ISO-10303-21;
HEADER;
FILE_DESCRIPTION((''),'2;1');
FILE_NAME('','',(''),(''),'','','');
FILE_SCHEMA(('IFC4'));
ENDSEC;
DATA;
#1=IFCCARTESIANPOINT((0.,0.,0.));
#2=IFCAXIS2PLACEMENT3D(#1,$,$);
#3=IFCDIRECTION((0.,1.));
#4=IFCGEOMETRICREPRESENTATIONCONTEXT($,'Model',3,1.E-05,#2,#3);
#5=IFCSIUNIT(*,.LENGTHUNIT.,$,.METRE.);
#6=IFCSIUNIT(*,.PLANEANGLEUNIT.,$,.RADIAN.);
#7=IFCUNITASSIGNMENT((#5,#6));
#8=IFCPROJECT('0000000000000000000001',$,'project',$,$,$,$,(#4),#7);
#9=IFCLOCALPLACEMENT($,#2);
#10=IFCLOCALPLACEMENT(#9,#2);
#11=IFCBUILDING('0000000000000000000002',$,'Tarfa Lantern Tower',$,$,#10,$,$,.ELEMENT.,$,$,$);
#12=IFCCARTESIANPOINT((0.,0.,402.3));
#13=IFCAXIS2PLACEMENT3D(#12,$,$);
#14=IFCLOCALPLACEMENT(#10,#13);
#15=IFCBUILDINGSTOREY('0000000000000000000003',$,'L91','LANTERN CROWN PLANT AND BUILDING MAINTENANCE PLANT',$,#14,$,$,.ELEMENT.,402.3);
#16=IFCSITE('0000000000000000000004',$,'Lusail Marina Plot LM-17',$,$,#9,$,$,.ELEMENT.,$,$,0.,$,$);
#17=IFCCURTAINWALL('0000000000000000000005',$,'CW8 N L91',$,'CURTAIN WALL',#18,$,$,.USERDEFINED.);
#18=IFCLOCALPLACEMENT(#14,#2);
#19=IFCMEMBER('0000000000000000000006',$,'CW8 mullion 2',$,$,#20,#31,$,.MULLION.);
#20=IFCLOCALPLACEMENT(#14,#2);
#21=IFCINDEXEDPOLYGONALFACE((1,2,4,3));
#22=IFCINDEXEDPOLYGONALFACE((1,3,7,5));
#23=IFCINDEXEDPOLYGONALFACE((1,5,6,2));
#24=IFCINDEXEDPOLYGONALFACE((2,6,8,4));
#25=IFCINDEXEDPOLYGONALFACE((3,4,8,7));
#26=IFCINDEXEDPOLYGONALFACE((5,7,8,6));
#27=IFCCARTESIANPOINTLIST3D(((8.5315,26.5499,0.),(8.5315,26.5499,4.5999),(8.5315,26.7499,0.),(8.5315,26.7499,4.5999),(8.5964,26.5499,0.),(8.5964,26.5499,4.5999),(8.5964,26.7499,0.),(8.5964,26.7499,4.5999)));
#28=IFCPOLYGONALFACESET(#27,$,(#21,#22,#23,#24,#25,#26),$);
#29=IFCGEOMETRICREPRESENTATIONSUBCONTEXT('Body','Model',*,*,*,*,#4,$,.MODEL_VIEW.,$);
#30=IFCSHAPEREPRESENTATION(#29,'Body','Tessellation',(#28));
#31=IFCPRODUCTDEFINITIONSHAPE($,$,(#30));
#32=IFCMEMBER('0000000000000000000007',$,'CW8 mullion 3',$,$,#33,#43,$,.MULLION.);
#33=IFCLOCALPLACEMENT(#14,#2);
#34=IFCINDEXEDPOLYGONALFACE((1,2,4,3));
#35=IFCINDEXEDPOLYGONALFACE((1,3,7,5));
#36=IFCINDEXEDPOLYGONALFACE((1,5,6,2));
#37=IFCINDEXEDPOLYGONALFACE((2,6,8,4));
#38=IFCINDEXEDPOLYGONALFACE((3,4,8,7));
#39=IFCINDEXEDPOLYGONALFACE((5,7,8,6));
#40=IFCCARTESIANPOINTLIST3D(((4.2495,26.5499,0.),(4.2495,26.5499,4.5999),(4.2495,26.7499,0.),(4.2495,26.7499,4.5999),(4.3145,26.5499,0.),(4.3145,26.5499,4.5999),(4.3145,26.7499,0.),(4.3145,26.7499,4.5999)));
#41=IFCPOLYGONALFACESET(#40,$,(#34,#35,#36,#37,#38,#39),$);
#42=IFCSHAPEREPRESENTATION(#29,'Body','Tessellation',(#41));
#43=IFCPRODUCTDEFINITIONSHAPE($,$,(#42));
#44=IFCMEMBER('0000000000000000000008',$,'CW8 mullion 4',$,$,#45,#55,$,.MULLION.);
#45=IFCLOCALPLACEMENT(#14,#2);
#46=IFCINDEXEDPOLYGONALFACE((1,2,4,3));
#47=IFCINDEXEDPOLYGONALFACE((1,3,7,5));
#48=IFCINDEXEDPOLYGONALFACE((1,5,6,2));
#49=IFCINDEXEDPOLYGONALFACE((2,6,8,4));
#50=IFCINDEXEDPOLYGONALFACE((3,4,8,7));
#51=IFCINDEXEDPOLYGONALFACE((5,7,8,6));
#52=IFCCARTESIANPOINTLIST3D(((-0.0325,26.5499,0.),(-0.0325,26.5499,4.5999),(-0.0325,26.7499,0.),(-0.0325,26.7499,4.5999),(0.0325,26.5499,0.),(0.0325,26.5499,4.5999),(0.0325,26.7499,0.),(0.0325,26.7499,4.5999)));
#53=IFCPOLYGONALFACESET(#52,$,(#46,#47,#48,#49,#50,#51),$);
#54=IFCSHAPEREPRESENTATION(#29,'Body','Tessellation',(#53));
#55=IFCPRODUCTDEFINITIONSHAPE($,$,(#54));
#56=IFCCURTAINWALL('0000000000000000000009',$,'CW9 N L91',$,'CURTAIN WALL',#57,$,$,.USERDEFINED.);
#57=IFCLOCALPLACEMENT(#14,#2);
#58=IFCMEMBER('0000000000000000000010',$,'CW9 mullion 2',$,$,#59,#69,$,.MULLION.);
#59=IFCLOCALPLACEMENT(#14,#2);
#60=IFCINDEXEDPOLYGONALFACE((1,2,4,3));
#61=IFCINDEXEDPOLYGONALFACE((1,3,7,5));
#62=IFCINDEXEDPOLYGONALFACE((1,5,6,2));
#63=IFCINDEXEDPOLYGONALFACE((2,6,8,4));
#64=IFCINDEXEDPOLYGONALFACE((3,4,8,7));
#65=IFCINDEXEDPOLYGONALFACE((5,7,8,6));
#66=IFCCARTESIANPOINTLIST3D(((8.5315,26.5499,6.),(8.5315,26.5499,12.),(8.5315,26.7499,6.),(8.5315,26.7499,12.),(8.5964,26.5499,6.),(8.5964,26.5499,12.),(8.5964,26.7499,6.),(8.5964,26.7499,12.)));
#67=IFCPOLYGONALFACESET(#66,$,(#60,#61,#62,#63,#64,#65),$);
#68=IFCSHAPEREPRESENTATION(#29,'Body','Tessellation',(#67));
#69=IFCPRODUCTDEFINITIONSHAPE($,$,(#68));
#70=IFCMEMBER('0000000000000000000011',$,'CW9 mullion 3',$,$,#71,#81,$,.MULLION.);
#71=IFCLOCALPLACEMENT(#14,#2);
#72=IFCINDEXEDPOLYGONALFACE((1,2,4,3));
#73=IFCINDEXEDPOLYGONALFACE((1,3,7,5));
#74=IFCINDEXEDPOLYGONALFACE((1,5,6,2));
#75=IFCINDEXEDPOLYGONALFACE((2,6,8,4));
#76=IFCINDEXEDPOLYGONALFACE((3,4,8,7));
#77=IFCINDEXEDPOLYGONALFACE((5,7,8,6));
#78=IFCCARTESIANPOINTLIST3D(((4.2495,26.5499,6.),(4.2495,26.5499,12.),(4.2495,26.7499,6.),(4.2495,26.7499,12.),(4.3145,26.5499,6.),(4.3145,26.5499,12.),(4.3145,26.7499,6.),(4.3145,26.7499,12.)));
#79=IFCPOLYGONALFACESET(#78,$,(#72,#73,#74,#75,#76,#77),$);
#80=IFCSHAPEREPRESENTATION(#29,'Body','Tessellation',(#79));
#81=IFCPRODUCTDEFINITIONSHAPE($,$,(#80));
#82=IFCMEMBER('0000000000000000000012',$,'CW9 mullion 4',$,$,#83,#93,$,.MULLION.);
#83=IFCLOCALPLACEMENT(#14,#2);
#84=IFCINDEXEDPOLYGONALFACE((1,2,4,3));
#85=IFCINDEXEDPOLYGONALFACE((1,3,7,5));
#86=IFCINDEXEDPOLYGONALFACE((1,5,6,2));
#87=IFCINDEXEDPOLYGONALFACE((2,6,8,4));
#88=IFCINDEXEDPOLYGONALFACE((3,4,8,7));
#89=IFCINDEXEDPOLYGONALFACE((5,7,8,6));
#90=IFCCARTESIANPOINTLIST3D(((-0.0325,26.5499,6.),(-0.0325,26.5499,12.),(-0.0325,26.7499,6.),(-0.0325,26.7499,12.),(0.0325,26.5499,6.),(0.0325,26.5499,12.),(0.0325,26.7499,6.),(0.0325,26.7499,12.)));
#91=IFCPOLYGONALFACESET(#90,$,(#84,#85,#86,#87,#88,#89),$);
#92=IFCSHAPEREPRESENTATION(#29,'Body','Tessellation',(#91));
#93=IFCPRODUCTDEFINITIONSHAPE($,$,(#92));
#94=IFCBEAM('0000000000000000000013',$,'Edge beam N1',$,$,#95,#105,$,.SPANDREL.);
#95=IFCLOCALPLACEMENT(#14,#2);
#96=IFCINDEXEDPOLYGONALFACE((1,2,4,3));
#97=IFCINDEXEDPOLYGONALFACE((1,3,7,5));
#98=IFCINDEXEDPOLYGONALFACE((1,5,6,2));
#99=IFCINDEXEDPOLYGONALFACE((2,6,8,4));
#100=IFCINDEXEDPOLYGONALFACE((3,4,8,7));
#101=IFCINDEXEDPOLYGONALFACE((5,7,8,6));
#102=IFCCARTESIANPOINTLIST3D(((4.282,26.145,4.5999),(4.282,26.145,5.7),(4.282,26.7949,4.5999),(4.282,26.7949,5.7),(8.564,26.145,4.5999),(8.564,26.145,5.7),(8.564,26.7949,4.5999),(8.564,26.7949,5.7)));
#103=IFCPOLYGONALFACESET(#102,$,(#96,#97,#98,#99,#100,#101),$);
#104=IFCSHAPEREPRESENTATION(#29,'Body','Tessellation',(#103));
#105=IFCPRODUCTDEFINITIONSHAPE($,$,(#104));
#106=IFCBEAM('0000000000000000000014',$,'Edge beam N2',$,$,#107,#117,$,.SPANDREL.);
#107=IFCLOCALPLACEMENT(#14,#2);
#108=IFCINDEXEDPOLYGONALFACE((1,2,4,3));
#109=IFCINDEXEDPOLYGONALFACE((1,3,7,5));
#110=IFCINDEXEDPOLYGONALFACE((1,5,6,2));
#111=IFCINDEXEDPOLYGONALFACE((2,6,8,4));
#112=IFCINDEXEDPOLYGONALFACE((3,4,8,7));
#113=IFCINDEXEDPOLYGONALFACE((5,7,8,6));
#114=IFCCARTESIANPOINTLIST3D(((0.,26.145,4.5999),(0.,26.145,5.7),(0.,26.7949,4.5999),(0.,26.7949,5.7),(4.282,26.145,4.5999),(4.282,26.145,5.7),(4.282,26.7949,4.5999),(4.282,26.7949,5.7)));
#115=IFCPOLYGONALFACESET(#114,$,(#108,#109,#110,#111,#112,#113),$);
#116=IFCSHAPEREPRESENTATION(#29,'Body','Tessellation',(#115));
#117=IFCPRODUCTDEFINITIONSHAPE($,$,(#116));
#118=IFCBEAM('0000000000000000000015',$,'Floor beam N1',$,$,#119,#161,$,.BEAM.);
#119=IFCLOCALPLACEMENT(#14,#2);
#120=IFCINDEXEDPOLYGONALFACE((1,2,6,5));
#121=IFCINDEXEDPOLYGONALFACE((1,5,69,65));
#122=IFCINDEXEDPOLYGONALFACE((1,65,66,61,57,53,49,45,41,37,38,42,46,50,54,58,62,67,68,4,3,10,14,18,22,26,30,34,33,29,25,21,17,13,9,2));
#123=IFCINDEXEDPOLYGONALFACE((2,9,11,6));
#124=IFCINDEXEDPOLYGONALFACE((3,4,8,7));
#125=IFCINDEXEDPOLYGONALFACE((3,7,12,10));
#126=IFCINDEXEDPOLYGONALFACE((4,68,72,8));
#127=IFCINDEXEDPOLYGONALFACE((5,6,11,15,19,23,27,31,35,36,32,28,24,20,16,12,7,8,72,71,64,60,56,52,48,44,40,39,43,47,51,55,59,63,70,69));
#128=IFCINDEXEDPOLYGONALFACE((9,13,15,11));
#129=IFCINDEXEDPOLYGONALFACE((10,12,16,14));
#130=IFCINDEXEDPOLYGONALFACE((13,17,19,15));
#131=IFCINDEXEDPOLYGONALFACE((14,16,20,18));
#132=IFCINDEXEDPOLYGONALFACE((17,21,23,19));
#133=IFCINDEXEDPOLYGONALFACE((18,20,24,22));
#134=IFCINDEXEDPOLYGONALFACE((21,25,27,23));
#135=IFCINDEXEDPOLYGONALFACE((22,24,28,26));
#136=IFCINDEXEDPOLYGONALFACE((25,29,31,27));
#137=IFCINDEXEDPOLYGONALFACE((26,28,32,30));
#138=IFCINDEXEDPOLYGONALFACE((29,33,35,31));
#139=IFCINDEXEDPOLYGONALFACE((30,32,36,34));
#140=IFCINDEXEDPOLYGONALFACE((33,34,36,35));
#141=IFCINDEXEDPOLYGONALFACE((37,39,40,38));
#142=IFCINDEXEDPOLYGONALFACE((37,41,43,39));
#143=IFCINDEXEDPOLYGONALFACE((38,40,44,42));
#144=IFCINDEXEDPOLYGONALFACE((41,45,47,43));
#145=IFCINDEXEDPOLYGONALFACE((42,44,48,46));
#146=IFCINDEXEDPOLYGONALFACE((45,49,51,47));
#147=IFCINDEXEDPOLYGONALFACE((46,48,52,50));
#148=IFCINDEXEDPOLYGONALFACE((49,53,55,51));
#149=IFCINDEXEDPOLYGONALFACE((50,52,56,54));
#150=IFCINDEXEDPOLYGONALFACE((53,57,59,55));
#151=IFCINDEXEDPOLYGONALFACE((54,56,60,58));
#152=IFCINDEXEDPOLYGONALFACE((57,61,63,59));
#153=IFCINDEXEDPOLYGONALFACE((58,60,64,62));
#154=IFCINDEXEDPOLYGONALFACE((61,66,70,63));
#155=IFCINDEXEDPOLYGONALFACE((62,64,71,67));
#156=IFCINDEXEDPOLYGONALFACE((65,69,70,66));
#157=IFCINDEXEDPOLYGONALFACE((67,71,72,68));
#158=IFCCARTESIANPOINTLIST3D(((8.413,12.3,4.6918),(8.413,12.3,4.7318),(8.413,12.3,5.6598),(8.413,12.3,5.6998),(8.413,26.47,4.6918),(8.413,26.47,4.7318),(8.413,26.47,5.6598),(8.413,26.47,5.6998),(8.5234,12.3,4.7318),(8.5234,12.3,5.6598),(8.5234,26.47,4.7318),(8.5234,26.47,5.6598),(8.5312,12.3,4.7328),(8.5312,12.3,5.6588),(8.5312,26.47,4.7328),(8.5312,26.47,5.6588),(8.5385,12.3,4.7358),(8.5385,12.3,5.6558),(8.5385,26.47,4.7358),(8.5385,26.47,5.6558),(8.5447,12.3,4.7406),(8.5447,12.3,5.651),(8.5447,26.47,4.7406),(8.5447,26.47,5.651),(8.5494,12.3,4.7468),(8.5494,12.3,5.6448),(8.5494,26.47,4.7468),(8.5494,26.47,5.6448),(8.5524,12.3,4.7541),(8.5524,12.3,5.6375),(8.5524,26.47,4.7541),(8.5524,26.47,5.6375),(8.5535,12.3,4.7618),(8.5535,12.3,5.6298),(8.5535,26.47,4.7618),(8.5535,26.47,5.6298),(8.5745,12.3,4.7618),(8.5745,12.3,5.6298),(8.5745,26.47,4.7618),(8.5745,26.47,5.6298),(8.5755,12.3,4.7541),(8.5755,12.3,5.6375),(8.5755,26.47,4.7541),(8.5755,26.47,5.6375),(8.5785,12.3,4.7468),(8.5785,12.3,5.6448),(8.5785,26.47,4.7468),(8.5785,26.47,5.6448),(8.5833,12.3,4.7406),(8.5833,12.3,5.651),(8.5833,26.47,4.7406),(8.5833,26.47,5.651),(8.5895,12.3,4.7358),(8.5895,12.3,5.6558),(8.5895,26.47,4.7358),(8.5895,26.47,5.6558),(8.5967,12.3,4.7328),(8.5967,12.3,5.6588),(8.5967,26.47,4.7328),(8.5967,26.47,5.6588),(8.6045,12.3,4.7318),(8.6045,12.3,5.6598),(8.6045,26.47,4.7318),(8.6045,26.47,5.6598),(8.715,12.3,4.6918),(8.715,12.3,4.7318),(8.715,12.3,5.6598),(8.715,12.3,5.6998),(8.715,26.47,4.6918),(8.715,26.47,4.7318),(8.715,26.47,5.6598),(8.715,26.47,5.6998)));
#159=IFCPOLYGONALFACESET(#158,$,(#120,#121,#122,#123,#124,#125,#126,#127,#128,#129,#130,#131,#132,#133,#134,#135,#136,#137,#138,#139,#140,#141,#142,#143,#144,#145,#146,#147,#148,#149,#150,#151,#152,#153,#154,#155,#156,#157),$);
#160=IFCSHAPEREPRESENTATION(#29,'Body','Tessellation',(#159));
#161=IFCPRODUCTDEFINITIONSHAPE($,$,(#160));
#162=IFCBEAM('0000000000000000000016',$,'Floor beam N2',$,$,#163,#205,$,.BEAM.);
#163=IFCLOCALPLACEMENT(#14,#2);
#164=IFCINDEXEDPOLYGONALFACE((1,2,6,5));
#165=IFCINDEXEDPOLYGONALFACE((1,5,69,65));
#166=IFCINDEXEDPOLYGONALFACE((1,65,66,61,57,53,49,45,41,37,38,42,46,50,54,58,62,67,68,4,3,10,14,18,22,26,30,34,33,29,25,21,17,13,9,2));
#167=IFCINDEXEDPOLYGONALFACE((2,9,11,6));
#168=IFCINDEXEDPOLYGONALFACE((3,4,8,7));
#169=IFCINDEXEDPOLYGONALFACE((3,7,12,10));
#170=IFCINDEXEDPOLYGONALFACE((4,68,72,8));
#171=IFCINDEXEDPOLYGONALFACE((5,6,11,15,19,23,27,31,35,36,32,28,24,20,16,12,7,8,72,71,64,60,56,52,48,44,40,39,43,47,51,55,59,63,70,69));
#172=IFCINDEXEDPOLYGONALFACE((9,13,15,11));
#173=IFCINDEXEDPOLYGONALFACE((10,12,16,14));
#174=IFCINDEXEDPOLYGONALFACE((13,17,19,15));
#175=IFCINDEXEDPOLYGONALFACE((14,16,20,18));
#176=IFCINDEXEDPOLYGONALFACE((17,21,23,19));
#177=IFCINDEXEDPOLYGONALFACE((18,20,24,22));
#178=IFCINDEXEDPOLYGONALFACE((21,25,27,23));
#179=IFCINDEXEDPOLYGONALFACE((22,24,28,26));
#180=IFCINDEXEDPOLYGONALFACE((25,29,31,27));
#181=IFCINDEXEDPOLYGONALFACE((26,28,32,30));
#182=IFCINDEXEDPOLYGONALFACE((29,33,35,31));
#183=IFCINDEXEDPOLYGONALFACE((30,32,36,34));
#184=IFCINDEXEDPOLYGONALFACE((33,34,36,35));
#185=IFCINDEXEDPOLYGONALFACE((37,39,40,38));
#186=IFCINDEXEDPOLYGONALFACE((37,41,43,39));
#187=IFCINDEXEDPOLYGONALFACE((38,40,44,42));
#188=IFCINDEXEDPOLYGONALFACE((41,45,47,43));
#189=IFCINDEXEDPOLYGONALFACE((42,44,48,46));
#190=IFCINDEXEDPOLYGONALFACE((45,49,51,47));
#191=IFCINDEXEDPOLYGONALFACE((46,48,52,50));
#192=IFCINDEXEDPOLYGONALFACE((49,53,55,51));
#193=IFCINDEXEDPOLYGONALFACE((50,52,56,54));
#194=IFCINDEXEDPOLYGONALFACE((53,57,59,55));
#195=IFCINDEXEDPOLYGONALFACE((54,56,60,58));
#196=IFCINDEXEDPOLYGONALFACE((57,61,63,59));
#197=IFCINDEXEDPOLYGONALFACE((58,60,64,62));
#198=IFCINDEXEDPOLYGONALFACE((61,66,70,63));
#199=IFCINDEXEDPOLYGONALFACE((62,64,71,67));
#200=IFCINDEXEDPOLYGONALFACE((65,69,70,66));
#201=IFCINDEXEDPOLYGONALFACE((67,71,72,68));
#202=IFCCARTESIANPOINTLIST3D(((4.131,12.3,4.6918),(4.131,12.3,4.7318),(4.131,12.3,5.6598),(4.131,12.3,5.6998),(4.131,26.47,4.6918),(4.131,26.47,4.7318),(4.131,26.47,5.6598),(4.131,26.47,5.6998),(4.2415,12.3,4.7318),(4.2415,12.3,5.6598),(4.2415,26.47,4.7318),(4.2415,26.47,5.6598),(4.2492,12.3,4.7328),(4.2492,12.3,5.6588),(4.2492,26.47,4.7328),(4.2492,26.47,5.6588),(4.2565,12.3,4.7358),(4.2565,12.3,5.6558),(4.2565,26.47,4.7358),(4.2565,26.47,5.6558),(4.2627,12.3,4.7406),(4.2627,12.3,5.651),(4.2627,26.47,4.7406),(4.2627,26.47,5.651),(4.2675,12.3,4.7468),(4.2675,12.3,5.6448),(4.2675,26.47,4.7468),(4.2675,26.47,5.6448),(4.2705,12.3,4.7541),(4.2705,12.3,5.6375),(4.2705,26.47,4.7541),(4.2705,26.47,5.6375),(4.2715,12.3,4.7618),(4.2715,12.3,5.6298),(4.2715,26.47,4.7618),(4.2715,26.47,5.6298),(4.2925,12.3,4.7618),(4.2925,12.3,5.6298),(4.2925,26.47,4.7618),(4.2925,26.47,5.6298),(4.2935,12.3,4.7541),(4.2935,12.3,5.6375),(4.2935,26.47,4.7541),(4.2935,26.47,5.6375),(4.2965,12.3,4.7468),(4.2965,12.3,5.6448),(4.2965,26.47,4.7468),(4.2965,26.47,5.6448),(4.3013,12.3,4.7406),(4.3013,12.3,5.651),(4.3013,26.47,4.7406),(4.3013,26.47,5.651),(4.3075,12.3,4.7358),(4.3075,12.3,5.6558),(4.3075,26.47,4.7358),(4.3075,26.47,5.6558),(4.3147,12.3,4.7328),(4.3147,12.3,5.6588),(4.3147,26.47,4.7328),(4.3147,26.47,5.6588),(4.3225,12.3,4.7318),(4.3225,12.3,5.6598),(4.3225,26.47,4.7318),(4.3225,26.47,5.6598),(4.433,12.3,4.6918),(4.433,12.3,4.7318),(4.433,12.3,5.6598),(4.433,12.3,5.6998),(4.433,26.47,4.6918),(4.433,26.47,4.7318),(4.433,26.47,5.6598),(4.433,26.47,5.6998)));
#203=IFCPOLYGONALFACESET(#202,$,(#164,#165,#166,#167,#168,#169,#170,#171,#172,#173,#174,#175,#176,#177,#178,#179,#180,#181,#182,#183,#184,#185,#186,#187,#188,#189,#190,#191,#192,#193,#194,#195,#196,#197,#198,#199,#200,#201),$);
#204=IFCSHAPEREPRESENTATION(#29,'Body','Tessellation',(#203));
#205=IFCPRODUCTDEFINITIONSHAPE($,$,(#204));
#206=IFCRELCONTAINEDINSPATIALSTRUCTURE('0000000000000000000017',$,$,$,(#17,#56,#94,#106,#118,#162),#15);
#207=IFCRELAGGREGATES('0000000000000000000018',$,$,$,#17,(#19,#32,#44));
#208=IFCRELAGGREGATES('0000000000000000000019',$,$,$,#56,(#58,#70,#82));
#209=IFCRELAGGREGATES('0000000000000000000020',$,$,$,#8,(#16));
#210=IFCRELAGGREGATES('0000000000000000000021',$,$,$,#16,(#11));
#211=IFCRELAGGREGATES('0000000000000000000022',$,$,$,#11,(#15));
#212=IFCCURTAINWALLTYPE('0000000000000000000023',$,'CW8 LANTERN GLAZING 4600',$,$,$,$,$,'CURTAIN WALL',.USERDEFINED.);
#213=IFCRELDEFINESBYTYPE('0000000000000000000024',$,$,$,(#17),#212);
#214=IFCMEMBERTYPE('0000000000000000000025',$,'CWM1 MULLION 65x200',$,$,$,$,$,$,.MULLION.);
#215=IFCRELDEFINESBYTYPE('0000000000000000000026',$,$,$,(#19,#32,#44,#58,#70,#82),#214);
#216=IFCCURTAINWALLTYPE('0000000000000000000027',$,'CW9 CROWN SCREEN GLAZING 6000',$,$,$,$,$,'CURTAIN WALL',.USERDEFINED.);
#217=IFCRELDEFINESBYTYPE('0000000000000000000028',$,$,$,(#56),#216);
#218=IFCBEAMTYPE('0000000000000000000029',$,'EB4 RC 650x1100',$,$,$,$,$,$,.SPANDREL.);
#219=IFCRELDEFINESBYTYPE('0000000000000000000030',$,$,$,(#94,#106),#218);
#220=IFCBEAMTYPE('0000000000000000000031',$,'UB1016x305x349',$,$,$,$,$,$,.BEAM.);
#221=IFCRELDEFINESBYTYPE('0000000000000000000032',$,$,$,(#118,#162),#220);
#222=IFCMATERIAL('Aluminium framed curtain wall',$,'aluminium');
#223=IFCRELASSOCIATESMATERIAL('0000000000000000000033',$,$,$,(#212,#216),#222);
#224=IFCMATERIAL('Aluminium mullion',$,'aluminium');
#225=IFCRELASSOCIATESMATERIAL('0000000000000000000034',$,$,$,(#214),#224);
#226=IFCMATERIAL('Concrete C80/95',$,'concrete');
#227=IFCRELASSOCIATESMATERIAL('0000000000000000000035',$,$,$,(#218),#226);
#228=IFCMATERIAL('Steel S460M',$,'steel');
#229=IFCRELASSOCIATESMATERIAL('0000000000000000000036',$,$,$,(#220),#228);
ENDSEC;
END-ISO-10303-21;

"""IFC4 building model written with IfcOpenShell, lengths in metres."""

from ifc_helpers import new_model, si_unit, direction, frame, origin, origin_2d, place, context, subcontext, project, spatial, rectangle, i_section, extrude, material, material_profile, profile_set, type_object, element, aggregate, save


model = new_model("IFC4")

# Units and contexts
model_context = context("Model", 3, precision=1e-05, world=origin(), true_north=direction((0.0, 1.0)))
body_context = subcontext(model_context, "Body", "Model", "MODEL_VIEW")
ifc_project = project(units=[si_unit("LENGTHUNIT", "METRE"), si_unit("PLANEANGLEUNIT", "RADIAN")], contexts=[model_context])

# Site, building, storey
site_placement = place(None, origin())
site = spatial("IfcSite", under=ifc_project, at=site_placement, Name="Lusail Marina Plot LM-17", CompositionType="ELEMENT", RefElevation=0.0)
building_placement = place(site_placement, origin())
building = spatial("IfcBuilding", under=site, at=building_placement, Name="Tarfa Lantern Tower", CompositionType="ELEMENT")
storey_placement = place(building_placement, frame((0.0, 0.0, 402.3)))
storey = spatial("IfcBuildingStorey", under=building, at=storey_placement, Name="L91", Description="LANTERN CROWN PLANT AND BUILDING MAINTENANCE PLANT", CompositionType="ELEMENT", Elevation=402.3)

# Curtain walls, members
ifc_material_1 = material(Name="Aluminium framed curtain wall", Category="aluminium")
curtain_wall_type_1 = type_object("IfcCurtainWallType", Name="CW8 LANTERN GLAZING 4600", ElementType="CURTAIN WALL", PredefinedType="USERDEFINED", material=ifc_material_1)
curtain_wall_1_placement = place(storey_placement, origin())
curtain_wall_1 = element("IfcCurtainWall", 1, at=curtain_wall_1_placement, inside=storey, type_object=curtain_wall_type_1, Name="CW8 N L91", ObjectType="CURTAIN WALL", PredefinedType="USERDEFINED")
ifc_material_2 = material(Name="Aluminium mullion", Category="aluminium")
ifc_material_profile_1 = material_profile(ifc_material_2, rectangle(XDim=0.0649, YDim=0.2, at=origin_2d()), Name="AL MULLION 65x200")
ifc_profile_set_1 = profile_set([ifc_material_profile_1], Name="Aluminium mullion")
member_type = type_object("IfcMemberType", Name="CWM1 MULLION 65x200", PredefinedType="MULLION", material=ifc_profile_set_1)
member_1_placement = place(storey_placement, frame((8.564, 26.6499, 0.0), z_axis=(0.0, 0.0, 1.0), x_axis=(1.0, 0.0, 0.0)))
member_1 = element("IfcMember", 2, at=member_1_placement, type_object=member_type, Name="CW8 mullion 2", PredefinedType="MULLION", context=body_context, shape_type="SweptSolid", body=[
    extrude(rectangle(XDim=0.0649, YDim=0.2, at=origin_2d()), origin(), (0.0, 0.0, 1.0), 4.5999),
])
member_2_placement = place(storey_placement, frame((4.282, 26.6499, 0.0), z_axis=(0.0, 0.0, 1.0), x_axis=(1.0, 0.0, 0.0)))
member_2 = element("IfcMember", 3, at=member_2_placement, type_object=member_type, Name="CW8 mullion 3", PredefinedType="MULLION", context=body_context, shape_type="SweptSolid", body=[
    extrude(rectangle(XDim=0.0649, YDim=0.2, at=origin_2d()), origin(), (0.0, 0.0, 1.0), 4.5999),
])
member_3_placement = place(storey_placement, frame((0.0, 26.6499, 0.0), z_axis=(0.0, 0.0, 1.0), x_axis=(1.0, 0.0, 0.0)))
member_3 = element("IfcMember", 4, at=member_3_placement, type_object=member_type, Name="CW8 mullion 4", PredefinedType="MULLION", context=body_context, shape_type="SweptSolid", body=[
    extrude(rectangle(XDim=0.0649, YDim=0.2, at=origin_2d()), origin(), (0.0, 0.0, 1.0), 4.5999),
])
curtain_wall_type_2 = type_object("IfcCurtainWallType", Name="CW9 CROWN SCREEN GLAZING 6000", ElementType="CURTAIN WALL", PredefinedType="USERDEFINED", material=ifc_material_1)
curtain_wall_2_placement = place(storey_placement, origin())
curtain_wall_2 = element("IfcCurtainWall", 5, at=curtain_wall_2_placement, inside=storey, type_object=curtain_wall_type_2, Name="CW9 N L91", ObjectType="CURTAIN WALL", PredefinedType="USERDEFINED")
member_4_placement = place(storey_placement, frame((8.564, 26.6499, 6.0), z_axis=(0.0, 0.0, 1.0), x_axis=(1.0, 0.0, 0.0)))
member_4 = element("IfcMember", 6, at=member_4_placement, type_object=member_type, Name="CW9 mullion 2", PredefinedType="MULLION", context=body_context, shape_type="SweptSolid", body=[
    extrude(rectangle(XDim=0.0649, YDim=0.2, at=origin_2d()), origin(), (0.0, 0.0, 1.0), 6.0),
])
member_5_placement = place(storey_placement, frame((4.282, 26.6499, 6.0), z_axis=(0.0, 0.0, 1.0), x_axis=(1.0, 0.0, 0.0)))
member_5 = element("IfcMember", 7, at=member_5_placement, type_object=member_type, Name="CW9 mullion 3", PredefinedType="MULLION", context=body_context, shape_type="SweptSolid", body=[
    extrude(rectangle(XDim=0.0649, YDim=0.2, at=origin_2d()), origin(), (0.0, 0.0, 1.0), 6.0),
])
member_6_placement = place(storey_placement, frame((0.0, 26.6499, 6.0), z_axis=(0.0, 0.0, 1.0), x_axis=(1.0, 0.0, 0.0)))
member_6 = element("IfcMember", 8, at=member_6_placement, type_object=member_type, Name="CW9 mullion 4", PredefinedType="MULLION", context=body_context, shape_type="SweptSolid", body=[
    extrude(rectangle(XDim=0.0649, YDim=0.2, at=origin_2d()), origin(), (0.0, 0.0, 1.0), 6.0),
])

# Beams
ifc_material_3 = material(Name="Concrete C80/95", Category="concrete")
ifc_material_profile_2 = material_profile(ifc_material_3, rectangle(XDim=0.6499, YDim=1.1001, at=origin_2d()), Name="RC 650x1100")
ifc_profile_set_2 = profile_set([ifc_material_profile_2], Name="Concrete C80/95")
beam_type_1 = type_object("IfcBeamType", Name="EB4 RC 650x1100", PredefinedType="SPANDREL", material=ifc_profile_set_2)
for number, where, z_axis, x_axis, name in (
    (9, (8.564, 26.47, 5.1499), (-1.0, 0.0, 0.0), (0.0, -1.0, 0.0), "Edge beam N1"),
    (10, (4.282, 26.47, 5.1499), (-1.0, 0.0, 0.0), (0.0, -1.0, 0.0), "Edge beam N2"),
):
    element("IfcBeam", number, at=place(storey_placement, frame(where, z_axis=z_axis, x_axis=x_axis)), inside=storey, type_object=beam_type_1, Name=name, PredefinedType="SPANDREL", context=body_context, shape_type="SweptSolid", body=[
        extrude(rectangle(XDim=0.6499, YDim=1.1001, at=origin_2d()), origin(), (0.0, 0.0, 1.0), 4.282),
    ])
ifc_material_4 = material(Name="Steel S460M", Category="steel")
ifc_material_profile_3 = material_profile(ifc_material_4, i_section(OverallWidth=0.302, OverallDepth=1.0081, WebThickness=0.021, FlangeThickness=0.04, FilletRadius=0.03, at=origin_2d()), Name="UB1016x305x349")
ifc_profile_set_3 = profile_set([ifc_material_profile_3], Name="Steel S460M")
beam_type_2 = type_object("IfcBeamType", Name="UB1016x305x349", PredefinedType="BEAM", material=ifc_profile_set_3)
for number, where, z_axis, x_axis, name in (
    (11, (8.564, 26.47, 5.1958), (0.0, -1.0, 0.0), (1.0, 0.0, 0.0), "Floor beam N1"),
    (12, (4.282, 26.47, 5.1958), (0.0, -1.0, 0.0), (1.0, 0.0, 0.0), "Floor beam N2"),
):
    element("IfcBeam", number, at=place(storey_placement, frame(where, z_axis=z_axis, x_axis=x_axis)), inside=storey, type_object=beam_type_2, Name=name, PredefinedType="BEAM", context=body_context, shape_type="SweptSolid", body=[
        extrude(i_section(OverallWidth=0.302, OverallDepth=1.0081, WebThickness=0.021, FlangeThickness=0.04, FilletRadius=0.03, at=origin_2d()), origin(), (0.0, 0.0, 1.0), 14.1699),
    ])

aggregate(curtain_wall_1, [member_1, member_2, member_3])
aggregate(curtain_wall_2, [member_4, member_5, member_6])

save(model, "model.ifc")
